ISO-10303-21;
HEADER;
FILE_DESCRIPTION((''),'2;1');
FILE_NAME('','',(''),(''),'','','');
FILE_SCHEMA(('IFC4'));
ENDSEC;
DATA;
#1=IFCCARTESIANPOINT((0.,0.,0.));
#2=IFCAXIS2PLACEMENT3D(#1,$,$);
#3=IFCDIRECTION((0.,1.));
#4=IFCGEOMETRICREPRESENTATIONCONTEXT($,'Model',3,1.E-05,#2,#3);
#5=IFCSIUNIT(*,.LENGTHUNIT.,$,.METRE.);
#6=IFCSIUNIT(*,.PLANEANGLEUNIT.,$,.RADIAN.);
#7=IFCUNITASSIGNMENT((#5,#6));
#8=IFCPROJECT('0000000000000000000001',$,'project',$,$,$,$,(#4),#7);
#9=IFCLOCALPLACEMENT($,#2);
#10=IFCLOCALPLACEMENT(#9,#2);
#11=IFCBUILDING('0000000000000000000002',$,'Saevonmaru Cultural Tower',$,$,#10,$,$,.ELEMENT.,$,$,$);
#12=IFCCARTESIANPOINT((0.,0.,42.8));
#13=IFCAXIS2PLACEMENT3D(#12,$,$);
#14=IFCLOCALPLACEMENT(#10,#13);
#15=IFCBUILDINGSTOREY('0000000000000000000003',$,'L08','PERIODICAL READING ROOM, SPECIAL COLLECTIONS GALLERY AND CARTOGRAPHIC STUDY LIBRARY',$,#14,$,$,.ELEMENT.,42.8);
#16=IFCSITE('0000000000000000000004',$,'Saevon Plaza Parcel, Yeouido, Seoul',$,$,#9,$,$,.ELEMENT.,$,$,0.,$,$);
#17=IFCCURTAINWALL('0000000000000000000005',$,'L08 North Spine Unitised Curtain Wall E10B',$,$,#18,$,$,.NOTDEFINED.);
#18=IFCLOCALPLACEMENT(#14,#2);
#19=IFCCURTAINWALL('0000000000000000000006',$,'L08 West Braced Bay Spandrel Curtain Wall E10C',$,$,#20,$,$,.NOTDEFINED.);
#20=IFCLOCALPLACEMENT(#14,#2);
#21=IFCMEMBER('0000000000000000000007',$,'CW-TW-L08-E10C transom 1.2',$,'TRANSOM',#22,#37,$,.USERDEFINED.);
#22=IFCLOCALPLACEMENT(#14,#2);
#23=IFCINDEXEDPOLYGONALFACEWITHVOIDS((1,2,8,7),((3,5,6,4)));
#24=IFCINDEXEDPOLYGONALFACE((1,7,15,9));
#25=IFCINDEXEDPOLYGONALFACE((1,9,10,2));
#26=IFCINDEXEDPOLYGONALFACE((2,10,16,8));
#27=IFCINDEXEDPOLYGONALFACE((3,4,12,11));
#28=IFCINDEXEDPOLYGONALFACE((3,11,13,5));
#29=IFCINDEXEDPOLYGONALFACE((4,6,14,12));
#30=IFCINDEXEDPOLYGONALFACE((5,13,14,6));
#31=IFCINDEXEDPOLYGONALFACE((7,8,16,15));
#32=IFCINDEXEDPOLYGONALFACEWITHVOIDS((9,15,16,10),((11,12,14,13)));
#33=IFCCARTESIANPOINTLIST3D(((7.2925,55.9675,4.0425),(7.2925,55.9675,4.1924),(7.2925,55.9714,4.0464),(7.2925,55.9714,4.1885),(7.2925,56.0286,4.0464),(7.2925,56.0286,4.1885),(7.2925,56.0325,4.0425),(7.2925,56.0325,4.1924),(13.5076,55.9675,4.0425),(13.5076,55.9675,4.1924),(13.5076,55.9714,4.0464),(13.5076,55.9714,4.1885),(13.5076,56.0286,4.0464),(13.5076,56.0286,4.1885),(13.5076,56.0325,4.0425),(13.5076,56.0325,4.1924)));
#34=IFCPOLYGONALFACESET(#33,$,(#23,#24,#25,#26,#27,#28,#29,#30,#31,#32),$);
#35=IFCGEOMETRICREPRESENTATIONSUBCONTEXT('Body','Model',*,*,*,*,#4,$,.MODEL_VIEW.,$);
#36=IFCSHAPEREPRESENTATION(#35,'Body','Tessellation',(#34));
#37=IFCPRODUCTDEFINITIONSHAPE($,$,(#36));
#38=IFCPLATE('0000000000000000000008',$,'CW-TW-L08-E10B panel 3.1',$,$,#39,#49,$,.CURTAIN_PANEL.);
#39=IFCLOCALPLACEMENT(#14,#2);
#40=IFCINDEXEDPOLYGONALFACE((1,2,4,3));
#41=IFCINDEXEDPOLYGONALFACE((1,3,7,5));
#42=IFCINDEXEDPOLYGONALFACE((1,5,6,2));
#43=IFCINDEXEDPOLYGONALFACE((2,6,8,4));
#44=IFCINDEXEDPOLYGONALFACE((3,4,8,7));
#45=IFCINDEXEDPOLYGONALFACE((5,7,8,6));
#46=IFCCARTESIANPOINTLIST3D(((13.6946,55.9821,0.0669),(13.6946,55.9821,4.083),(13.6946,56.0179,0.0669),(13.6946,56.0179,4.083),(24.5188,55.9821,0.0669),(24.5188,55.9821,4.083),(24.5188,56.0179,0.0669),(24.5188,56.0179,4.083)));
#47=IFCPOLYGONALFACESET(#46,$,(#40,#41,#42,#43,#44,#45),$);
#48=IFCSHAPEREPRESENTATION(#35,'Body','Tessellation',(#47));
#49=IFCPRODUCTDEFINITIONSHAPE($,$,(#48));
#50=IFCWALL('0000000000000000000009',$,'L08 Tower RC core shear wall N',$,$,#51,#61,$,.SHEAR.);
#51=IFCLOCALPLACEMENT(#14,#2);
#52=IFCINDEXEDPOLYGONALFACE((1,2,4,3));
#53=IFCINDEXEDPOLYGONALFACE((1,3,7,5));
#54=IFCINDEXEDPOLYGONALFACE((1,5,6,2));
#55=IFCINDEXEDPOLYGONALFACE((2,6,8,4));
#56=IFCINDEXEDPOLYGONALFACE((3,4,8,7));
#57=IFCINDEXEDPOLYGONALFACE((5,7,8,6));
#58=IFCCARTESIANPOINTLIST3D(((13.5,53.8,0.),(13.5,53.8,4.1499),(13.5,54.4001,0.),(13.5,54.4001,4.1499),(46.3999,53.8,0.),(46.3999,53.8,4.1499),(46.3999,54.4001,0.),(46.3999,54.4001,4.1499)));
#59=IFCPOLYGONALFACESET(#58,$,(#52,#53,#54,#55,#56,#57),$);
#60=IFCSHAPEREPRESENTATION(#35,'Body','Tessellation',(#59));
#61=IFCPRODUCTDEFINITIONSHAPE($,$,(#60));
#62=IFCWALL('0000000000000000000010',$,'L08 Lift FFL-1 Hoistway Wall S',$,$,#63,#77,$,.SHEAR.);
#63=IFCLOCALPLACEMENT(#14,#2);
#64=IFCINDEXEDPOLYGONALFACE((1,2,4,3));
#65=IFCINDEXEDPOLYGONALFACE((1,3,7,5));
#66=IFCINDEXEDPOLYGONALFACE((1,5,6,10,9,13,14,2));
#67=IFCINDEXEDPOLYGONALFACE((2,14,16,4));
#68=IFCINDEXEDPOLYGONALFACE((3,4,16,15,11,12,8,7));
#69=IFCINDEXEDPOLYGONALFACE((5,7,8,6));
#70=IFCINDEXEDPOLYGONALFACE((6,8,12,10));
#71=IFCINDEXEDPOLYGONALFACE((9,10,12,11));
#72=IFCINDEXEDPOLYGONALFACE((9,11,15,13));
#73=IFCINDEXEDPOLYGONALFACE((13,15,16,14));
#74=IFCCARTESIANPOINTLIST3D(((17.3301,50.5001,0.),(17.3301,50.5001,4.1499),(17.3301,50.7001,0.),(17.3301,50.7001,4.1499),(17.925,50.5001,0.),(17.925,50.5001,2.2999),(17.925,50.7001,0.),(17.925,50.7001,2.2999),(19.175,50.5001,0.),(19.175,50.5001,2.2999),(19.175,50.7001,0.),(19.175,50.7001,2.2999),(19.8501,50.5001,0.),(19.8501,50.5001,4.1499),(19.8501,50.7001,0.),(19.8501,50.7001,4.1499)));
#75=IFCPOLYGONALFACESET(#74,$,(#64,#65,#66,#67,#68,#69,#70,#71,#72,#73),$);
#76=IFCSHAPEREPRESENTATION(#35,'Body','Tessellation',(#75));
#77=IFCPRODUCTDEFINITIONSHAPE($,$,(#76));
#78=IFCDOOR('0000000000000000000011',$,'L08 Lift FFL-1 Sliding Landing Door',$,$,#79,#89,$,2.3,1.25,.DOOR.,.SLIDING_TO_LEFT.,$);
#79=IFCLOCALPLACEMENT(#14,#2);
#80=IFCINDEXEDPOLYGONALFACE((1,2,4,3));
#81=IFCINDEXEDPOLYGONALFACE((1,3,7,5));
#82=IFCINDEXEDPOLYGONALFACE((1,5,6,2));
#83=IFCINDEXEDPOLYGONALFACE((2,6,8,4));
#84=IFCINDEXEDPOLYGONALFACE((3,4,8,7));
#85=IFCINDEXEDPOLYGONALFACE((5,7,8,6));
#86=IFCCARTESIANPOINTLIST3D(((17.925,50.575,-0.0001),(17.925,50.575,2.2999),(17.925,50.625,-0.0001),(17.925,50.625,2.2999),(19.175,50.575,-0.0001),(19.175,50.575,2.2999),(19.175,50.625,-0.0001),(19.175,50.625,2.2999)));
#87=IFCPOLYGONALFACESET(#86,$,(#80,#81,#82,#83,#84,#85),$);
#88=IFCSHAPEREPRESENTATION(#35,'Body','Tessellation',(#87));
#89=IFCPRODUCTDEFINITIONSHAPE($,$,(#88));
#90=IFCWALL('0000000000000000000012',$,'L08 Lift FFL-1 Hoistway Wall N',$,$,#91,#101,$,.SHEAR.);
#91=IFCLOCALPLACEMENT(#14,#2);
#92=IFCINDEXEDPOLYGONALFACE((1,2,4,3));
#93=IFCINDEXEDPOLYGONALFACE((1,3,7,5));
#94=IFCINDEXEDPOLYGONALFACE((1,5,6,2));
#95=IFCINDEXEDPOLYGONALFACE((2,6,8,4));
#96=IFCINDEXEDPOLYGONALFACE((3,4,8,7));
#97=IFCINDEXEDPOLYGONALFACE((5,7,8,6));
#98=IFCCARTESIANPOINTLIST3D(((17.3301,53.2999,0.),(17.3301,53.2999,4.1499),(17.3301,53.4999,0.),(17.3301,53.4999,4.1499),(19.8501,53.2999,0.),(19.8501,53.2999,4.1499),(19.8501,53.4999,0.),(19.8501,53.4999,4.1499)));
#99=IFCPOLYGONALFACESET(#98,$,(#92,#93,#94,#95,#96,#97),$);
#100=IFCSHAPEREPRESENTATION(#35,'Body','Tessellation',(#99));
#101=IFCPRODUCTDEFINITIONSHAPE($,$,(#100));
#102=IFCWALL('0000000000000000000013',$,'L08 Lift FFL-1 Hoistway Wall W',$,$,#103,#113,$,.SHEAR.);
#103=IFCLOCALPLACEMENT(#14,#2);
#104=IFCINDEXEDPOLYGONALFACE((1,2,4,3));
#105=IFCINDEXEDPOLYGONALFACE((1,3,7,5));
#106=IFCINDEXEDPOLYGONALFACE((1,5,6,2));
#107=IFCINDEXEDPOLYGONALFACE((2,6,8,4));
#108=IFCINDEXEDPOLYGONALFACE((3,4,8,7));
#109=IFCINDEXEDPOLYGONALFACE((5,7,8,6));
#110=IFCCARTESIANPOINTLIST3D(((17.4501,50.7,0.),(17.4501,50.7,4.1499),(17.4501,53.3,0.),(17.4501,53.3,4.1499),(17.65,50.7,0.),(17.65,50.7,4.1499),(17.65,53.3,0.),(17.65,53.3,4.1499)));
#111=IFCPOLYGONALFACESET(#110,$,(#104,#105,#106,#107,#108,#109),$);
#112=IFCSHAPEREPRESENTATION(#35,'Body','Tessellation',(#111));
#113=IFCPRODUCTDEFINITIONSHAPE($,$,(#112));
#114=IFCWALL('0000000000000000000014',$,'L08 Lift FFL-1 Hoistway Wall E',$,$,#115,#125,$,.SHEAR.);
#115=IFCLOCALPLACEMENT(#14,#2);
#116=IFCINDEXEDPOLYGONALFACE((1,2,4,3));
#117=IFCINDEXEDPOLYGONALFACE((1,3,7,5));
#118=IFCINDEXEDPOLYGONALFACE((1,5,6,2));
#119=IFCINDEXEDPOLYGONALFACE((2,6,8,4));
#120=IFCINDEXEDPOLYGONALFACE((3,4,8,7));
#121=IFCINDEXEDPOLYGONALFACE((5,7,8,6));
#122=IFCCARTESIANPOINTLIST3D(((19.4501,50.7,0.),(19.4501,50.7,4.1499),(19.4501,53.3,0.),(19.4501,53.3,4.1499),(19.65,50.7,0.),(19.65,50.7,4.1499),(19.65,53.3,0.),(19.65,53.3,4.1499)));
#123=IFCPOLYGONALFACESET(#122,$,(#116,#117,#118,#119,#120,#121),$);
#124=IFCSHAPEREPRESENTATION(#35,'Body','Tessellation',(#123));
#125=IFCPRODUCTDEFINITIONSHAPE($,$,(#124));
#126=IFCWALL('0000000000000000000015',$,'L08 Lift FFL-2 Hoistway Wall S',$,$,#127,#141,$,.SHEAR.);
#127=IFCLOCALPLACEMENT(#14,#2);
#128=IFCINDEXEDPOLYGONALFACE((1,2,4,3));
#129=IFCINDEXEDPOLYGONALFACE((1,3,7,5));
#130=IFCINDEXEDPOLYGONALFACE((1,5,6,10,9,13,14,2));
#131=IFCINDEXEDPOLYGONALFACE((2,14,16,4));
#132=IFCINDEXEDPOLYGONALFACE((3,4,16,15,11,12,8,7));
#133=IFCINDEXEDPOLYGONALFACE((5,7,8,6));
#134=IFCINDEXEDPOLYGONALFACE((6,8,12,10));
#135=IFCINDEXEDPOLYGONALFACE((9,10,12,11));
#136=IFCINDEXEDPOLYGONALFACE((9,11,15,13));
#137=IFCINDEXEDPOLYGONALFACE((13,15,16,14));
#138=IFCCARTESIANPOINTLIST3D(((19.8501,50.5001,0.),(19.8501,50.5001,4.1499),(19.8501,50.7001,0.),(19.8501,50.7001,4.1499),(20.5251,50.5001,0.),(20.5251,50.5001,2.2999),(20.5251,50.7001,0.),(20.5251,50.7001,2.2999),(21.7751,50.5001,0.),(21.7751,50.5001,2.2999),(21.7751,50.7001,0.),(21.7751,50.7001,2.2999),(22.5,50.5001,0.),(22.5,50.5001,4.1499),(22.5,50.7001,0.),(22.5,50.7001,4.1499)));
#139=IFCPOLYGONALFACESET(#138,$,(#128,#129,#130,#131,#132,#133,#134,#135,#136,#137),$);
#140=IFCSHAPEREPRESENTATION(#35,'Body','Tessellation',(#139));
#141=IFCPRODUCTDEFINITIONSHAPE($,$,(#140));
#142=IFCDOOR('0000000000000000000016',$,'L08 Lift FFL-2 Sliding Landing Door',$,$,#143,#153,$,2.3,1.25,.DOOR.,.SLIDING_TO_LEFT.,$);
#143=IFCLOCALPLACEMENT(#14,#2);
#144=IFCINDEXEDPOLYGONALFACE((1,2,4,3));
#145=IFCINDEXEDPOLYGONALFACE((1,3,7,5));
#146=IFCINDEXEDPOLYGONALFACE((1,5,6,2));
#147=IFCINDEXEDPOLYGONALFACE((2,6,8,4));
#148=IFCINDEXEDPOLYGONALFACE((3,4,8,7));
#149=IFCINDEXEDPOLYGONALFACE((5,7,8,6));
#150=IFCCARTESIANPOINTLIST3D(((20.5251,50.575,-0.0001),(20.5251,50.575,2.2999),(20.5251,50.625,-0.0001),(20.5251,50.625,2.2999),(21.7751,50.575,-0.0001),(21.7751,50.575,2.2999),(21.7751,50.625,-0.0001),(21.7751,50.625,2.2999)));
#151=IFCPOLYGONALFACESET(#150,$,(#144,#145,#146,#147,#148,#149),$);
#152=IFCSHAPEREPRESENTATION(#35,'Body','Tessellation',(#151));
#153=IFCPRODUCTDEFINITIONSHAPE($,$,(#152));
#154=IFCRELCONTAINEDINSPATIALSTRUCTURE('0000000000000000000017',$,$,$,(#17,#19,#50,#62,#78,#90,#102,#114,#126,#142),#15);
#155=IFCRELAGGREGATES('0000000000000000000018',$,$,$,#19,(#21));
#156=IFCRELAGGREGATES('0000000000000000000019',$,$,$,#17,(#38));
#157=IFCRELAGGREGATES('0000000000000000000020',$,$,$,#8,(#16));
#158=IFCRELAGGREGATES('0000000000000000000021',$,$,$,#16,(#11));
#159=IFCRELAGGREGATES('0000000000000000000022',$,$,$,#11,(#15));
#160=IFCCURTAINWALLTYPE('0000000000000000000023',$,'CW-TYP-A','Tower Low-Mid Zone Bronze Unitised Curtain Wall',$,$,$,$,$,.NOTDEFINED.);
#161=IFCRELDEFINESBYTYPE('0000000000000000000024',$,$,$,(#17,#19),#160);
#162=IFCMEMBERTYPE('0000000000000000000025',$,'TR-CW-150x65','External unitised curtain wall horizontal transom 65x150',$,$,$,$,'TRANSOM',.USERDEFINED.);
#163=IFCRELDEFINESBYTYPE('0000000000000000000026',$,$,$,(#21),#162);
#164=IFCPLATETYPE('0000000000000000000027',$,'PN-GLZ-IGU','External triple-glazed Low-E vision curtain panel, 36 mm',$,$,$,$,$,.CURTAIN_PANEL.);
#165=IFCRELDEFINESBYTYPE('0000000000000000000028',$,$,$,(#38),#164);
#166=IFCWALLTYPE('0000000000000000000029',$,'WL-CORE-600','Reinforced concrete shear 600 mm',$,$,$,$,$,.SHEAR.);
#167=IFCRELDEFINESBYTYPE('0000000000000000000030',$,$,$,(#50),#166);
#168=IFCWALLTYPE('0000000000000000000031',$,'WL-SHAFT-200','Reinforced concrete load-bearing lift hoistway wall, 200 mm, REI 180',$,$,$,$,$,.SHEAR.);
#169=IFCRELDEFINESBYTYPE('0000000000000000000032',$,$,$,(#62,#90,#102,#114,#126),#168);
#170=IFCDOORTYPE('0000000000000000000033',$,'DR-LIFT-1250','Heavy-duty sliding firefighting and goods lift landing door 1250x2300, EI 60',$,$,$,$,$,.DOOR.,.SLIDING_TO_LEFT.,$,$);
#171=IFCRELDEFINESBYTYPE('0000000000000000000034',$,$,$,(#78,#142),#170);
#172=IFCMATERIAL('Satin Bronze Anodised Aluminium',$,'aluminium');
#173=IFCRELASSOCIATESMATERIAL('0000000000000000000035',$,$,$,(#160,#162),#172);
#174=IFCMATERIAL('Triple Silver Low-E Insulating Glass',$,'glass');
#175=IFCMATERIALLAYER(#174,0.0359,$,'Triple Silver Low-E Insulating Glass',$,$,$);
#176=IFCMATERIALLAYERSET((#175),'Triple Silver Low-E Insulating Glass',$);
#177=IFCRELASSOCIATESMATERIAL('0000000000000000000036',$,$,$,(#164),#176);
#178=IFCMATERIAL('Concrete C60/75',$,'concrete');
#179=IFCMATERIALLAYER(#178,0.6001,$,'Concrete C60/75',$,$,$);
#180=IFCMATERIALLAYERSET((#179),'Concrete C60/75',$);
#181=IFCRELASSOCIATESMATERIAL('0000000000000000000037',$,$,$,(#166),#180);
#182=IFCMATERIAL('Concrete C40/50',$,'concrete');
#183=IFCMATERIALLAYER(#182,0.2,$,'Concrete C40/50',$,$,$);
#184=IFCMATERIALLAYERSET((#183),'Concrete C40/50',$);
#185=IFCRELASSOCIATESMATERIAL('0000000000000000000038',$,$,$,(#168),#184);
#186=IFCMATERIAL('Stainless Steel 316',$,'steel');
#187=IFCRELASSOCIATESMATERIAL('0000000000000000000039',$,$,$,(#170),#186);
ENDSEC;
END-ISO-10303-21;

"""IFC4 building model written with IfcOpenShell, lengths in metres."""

from ifc_helpers import new_model, si_unit, direction, frame, frame_2d, origin, origin_2d, place, context, subcontext, project, spatial, rectangle, hollow_rectangle, extrude, material, layer, layer_set, material_profile, profile_set, type_object, element, fill, aggregate, save


model = new_model("IFC4")

# Units and contexts
model_context = context("Model", 3, precision=1e-05, world=origin(), true_north=direction((0.0, 1.0)))
body_context = subcontext(model_context, "Body", "Model", "MODEL_VIEW")
ifc_project = project(units=[si_unit("LENGTHUNIT", "METRE"), si_unit("PLANEANGLEUNIT", "RADIAN")], contexts=[model_context])

# Site, building, storey
site_placement = place(None, origin())
site = spatial("IfcSite", under=ifc_project, at=site_placement, Name="Saevon Plaza Parcel, Yeouido, Seoul", CompositionType="ELEMENT", RefElevation=0.0)
building_placement = place(site_placement, origin())
building = spatial("IfcBuilding", under=site, at=building_placement, Name="Saevonmaru Cultural Tower", CompositionType="ELEMENT")
storey_placement = place(building_placement, frame((0.0, 0.0, 42.8)))
storey = spatial("IfcBuildingStorey", under=building, at=storey_placement, Name="L08", Description="PERIODICAL READING ROOM, SPECIAL COLLECTIONS GALLERY AND CARTOGRAPHIC STUDY LIBRARY", CompositionType="ELEMENT", Elevation=42.8)

# Curtain wall
ifc_material_1 = material(Name="Satin Bronze Anodised Aluminium", Category="aluminium")
curtain_wall_type = type_object("IfcCurtainWallType", Name="CW-TYP-A", Description="Tower Low-Mid Zone Bronze Unitised Curtain Wall", PredefinedType="NOTDEFINED", material=ifc_material_1)
curtain_wall_1_placement = place(storey_placement, origin())
curtain_wall_1 = element("IfcCurtainWall", 1, at=curtain_wall_1_placement, inside=storey, type_object=curtain_wall_type, Name="L08 North Spine Unitised Curtain Wall E10B", PredefinedType="NOTDEFINED")

# Curtain wall, member
curtain_wall_2_placement = place(storey_placement, origin())
curtain_wall_2 = element("IfcCurtainWall", 2, at=curtain_wall_2_placement, inside=storey, type_object=curtain_wall_type, Name="L08 West Braced Bay Spandrel Curtain Wall E10C", PredefinedType="NOTDEFINED")
ifc_material_profile_1 = material_profile(ifc_material_1, hollow_rectangle(XDim=0.0649, YDim=0.1499, WallThickness=0.0039, at=origin_2d()), Name="ALU-TRAN-150x65x4")
ifc_profile_set_1 = profile_set([ifc_material_profile_1], Name="Satin Bronze Anodised Aluminium")
member_type_1 = type_object("IfcMemberType", Name="TR-CW-150x65", Description="External unitised curtain wall horizontal transom 65x150", ElementType="TRANSOM", PredefinedType="USERDEFINED", material=ifc_profile_set_1)
member_1_placement = place(storey_placement, frame((13.5076, 56.0, 4.1174), z_axis=(-1.0, 0.0, 0.0), x_axis=(0.0, -1.0, 0.0)))
member_1 = element("IfcMember", 3, at=member_1_placement, type_object=member_type_1, Name="CW-TW-L08-E10C transom 1.2", ObjectType="TRANSOM", PredefinedType="USERDEFINED", context=body_context, shape_type="SweptSolid", body=[
    extrude(hollow_rectangle(XDim=0.0649, YDim=0.1499, WallThickness=0.0039, at=origin_2d()), origin(), (0.0, 0.0, 1.0), 6.2151),
])
aggregate(curtain_wall_2, [member_1])

# Plate
ifc_material_2 = material(Name="Triple Silver Low-E Insulating Glass", Category="glass")
ifc_layer_1 = layer(ifc_material_2, 0.0359, Name="Triple Silver Low-E Insulating Glass")
ifc_layer_set_1 = layer_set([ifc_layer_1], Name="Triple Silver Low-E Insulating Glass")
plate_type = type_object("IfcPlateType", Name="PN-GLZ-IGU", Description="External triple-glazed Low-E vision curtain panel, 36 mm", PredefinedType="CURTAIN_PANEL", material=ifc_layer_set_1)
plate_placement = place(storey_placement, frame((19.1067, 56.0, 0.0669), z_axis=(0.0, 0.0, 1.0), x_axis=(-1.0, 0.0, 0.0)))
plate = element("IfcPlate", 4, at=plate_placement, type_object=plate_type, Name="CW-TW-L08-E10B panel 3.1", PredefinedType="CURTAIN_PANEL", context=body_context, shape_type="SweptSolid", body=[
    extrude(rectangle(XDim=10.8242, YDim=0.0359, at=origin_2d()), origin(), (0.0, 0.0, 1.0), 4.0161),
])
aggregate(curtain_wall_1, [plate])

# Wall
ifc_material_3 = material(Name="Concrete C60/75", Category="concrete")
ifc_layer_2 = layer(ifc_material_3, 0.6001, Name="Concrete C60/75")
ifc_layer_set_2 = layer_set([ifc_layer_2], Name="Concrete C60/75")
wall_type_1 = type_object("IfcWallType", Name="WL-CORE-600", Description="Reinforced concrete shear 600 mm", PredefinedType="SHEAR", material=ifc_layer_set_2)
wall_1_placement = place(storey_placement, frame((13.5, 54.1001, 0.0), z_axis=(0.0, 0.0, 1.0), x_axis=(1.0, 0.0, 0.0)))
element("IfcWall", 5, at=wall_1_placement, inside=storey, type_object=wall_type_1, Name="L08 Tower RC core shear wall N", PredefinedType="SHEAR", context=body_context, shape_type="SweptSolid", body=[
    extrude(rectangle(XDim=32.8999, YDim=0.6001, at=frame_2d((16.45, 0.0))), origin(), (0.0, 0.0, 1.0), 4.1499),
])

# Wall, opening, door
ifc_material_4 = material(Name="Concrete C40/50", Category="concrete")
ifc_layer_3 = layer(ifc_material_4, 0.2, Name="Concrete C40/50")
ifc_layer_set_3 = layer_set([ifc_layer_3], Name="Concrete C40/50")
wall_type_2 = type_object("IfcWallType", Name="WL-SHAFT-200", Description="Reinforced concrete load-bearing lift hoistway wall, 200 mm, REI 180", PredefinedType="SHEAR", material=ifc_layer_set_3)
wall_2_placement = place(storey_placement, frame((17.3301, 50.6001, 0.0), z_axis=(0.0, 0.0, 1.0), x_axis=(1.0, 0.0, 0.0)))
wall_2 = element("IfcWall", 6, at=wall_2_placement, inside=storey, type_object=wall_type_2, Name="L08 Lift FFL-1 Hoistway Wall S", PredefinedType="SHEAR", context=body_context, shape_type="SweptSolid", body=[
    extrude(rectangle(XDim=2.52, YDim=0.2, at=frame_2d((1.26, 0.0))), origin(), (0.0, 0.0, 1.0), 4.1499),
])
opening_1_placement = place(wall_2_placement, frame((0.595, 0.0, 0.0)))
opening_1 = element("IfcOpeningElement", 7, at=opening_1_placement, cuts=wall_2, PredefinedType="OPENING", context=body_context, shape_type="SweptSolid", body=[
    extrude(rectangle(XDim=1.25, YDim=2.3, at=frame_2d((0.625, 1.1499))), frame((0.0, 0.1099, 0.0), z_axis=(0.0, -1.0, 0.0), x_axis=(1.0, 0.0, 0.0)), (0.0, 0.0, 1.0), 0.22),
])
ifc_material_5 = material(Name="Stainless Steel 316", Category="steel")
door_type = type_object("IfcDoorType", Name="DR-LIFT-1250", Description="Heavy-duty sliding firefighting and goods lift landing door 1250x2300, EI 60", OperationType="SLIDING_TO_LEFT", PredefinedType="DOOR", material=ifc_material_5)
door_1_placement = place(opening_1_placement, origin())
door_1 = element("IfcDoor", 8, at=door_1_placement, inside=storey, type_object=door_type, Name="L08 Lift FFL-1 Sliding Landing Door", OperationType="SLIDING_TO_LEFT", OverallHeight=2.3, OverallWidth=1.25, PredefinedType="DOOR", context=body_context, shape_type="SweptSolid", body=[
    extrude(rectangle(XDim=1.25, YDim=2.3, at=frame_2d((0.625, 1.1499))), frame((0.0, 0.0249, 0.0), z_axis=(0.0, -1.0, 0.0), x_axis=(1.0, 0.0, 0.0)), (0.0, 0.0, 1.0), 0.05),
])
fill(opening_1, door_1)

# Walls
wall_3_placement = place(storey_placement, frame((17.3301, 53.3999, 0.0), z_axis=(0.0, 0.0, 1.0), x_axis=(1.0, 0.0, 0.0)))
element("IfcWall", 9, at=wall_3_placement, inside=storey, type_object=wall_type_2, Name="L08 Lift FFL-1 Hoistway Wall N", PredefinedType="SHEAR", context=body_context, shape_type="SweptSolid", body=[
    extrude(rectangle(XDim=2.52, YDim=0.2, at=frame_2d((1.26, 0.0))), origin(), (0.0, 0.0, 1.0), 4.1499),
])
for number, where, z_axis, x_axis, name in (
    (10, (17.55, 50.7, 0.0), (0.0, 0.0, 1.0), (0.0, 1.0, 0.0), "L08 Lift FFL-1 Hoistway Wall W"),
    (11, (19.55, 50.7, 0.0), (0.0, 0.0, 1.0), (0.0, 1.0, 0.0), "L08 Lift FFL-1 Hoistway Wall E"),
):
    element("IfcWall", number, at=place(storey_placement, frame(where, z_axis=z_axis, x_axis=x_axis)), inside=storey, type_object=wall_type_2, Name=name, PredefinedType="SHEAR", context=body_context, shape_type="SweptSolid", body=[
        extrude(rectangle(XDim=2.6001, YDim=0.2, at=frame_2d((1.3, 0.0))), origin(), (0.0, 0.0, 1.0), 4.1499),
    ])

# Wall, opening, door
wall_4_placement = place(storey_placement, frame((19.8501, 50.6001, 0.0), z_axis=(0.0, 0.0, 1.0), x_axis=(1.0, 0.0, 0.0)))
wall_4 = element("IfcWall", 12, at=wall_4_placement, inside=storey, type_object=wall_type_2, Name="L08 Lift FFL-2 Hoistway Wall S", PredefinedType="SHEAR", context=body_context, shape_type="SweptSolid", body=[
    extrude(rectangle(XDim=2.6499, YDim=0.2, at=frame_2d((1.325, 0.0))), origin(), (0.0, 0.0, 1.0), 4.1499),
])
opening_2_placement = place(wall_4_placement, frame((0.675, 0.0, 0.0)))
opening_2 = element("IfcOpeningElement", 13, at=opening_2_placement, cuts=wall_4, PredefinedType="OPENING", context=body_context, shape_type="SweptSolid", body=[
    extrude(rectangle(XDim=1.25, YDim=2.3, at=frame_2d((0.625, 1.1499))), frame((0.0, 0.1099, 0.0), z_axis=(0.0, -1.0, 0.0), x_axis=(1.0, 0.0, 0.0)), (0.0, 0.0, 1.0), 0.22),
])
door_2_placement = place(opening_2_placement, origin())
door_2 = element("IfcDoor", 14, at=door_2_placement, inside=storey, type_object=door_type, Name="L08 Lift FFL-2 Sliding Landing Door", OperationType="SLIDING_TO_LEFT", OverallHeight=2.3, OverallWidth=1.25, PredefinedType="DOOR", context=body_context, shape_type="SweptSolid", body=[
    extrude(rectangle(XDim=1.25, YDim=2.3, at=frame_2d((0.625, 1.1499))), frame((0.0, 0.0249, 0.0), z_axis=(0.0, -1.0, 0.0), x_axis=(1.0, 0.0, 0.0)), (0.0, 0.0, 1.0), 0.05),
])
fill(opening_2, door_2)

save(model, "model.ifc")
